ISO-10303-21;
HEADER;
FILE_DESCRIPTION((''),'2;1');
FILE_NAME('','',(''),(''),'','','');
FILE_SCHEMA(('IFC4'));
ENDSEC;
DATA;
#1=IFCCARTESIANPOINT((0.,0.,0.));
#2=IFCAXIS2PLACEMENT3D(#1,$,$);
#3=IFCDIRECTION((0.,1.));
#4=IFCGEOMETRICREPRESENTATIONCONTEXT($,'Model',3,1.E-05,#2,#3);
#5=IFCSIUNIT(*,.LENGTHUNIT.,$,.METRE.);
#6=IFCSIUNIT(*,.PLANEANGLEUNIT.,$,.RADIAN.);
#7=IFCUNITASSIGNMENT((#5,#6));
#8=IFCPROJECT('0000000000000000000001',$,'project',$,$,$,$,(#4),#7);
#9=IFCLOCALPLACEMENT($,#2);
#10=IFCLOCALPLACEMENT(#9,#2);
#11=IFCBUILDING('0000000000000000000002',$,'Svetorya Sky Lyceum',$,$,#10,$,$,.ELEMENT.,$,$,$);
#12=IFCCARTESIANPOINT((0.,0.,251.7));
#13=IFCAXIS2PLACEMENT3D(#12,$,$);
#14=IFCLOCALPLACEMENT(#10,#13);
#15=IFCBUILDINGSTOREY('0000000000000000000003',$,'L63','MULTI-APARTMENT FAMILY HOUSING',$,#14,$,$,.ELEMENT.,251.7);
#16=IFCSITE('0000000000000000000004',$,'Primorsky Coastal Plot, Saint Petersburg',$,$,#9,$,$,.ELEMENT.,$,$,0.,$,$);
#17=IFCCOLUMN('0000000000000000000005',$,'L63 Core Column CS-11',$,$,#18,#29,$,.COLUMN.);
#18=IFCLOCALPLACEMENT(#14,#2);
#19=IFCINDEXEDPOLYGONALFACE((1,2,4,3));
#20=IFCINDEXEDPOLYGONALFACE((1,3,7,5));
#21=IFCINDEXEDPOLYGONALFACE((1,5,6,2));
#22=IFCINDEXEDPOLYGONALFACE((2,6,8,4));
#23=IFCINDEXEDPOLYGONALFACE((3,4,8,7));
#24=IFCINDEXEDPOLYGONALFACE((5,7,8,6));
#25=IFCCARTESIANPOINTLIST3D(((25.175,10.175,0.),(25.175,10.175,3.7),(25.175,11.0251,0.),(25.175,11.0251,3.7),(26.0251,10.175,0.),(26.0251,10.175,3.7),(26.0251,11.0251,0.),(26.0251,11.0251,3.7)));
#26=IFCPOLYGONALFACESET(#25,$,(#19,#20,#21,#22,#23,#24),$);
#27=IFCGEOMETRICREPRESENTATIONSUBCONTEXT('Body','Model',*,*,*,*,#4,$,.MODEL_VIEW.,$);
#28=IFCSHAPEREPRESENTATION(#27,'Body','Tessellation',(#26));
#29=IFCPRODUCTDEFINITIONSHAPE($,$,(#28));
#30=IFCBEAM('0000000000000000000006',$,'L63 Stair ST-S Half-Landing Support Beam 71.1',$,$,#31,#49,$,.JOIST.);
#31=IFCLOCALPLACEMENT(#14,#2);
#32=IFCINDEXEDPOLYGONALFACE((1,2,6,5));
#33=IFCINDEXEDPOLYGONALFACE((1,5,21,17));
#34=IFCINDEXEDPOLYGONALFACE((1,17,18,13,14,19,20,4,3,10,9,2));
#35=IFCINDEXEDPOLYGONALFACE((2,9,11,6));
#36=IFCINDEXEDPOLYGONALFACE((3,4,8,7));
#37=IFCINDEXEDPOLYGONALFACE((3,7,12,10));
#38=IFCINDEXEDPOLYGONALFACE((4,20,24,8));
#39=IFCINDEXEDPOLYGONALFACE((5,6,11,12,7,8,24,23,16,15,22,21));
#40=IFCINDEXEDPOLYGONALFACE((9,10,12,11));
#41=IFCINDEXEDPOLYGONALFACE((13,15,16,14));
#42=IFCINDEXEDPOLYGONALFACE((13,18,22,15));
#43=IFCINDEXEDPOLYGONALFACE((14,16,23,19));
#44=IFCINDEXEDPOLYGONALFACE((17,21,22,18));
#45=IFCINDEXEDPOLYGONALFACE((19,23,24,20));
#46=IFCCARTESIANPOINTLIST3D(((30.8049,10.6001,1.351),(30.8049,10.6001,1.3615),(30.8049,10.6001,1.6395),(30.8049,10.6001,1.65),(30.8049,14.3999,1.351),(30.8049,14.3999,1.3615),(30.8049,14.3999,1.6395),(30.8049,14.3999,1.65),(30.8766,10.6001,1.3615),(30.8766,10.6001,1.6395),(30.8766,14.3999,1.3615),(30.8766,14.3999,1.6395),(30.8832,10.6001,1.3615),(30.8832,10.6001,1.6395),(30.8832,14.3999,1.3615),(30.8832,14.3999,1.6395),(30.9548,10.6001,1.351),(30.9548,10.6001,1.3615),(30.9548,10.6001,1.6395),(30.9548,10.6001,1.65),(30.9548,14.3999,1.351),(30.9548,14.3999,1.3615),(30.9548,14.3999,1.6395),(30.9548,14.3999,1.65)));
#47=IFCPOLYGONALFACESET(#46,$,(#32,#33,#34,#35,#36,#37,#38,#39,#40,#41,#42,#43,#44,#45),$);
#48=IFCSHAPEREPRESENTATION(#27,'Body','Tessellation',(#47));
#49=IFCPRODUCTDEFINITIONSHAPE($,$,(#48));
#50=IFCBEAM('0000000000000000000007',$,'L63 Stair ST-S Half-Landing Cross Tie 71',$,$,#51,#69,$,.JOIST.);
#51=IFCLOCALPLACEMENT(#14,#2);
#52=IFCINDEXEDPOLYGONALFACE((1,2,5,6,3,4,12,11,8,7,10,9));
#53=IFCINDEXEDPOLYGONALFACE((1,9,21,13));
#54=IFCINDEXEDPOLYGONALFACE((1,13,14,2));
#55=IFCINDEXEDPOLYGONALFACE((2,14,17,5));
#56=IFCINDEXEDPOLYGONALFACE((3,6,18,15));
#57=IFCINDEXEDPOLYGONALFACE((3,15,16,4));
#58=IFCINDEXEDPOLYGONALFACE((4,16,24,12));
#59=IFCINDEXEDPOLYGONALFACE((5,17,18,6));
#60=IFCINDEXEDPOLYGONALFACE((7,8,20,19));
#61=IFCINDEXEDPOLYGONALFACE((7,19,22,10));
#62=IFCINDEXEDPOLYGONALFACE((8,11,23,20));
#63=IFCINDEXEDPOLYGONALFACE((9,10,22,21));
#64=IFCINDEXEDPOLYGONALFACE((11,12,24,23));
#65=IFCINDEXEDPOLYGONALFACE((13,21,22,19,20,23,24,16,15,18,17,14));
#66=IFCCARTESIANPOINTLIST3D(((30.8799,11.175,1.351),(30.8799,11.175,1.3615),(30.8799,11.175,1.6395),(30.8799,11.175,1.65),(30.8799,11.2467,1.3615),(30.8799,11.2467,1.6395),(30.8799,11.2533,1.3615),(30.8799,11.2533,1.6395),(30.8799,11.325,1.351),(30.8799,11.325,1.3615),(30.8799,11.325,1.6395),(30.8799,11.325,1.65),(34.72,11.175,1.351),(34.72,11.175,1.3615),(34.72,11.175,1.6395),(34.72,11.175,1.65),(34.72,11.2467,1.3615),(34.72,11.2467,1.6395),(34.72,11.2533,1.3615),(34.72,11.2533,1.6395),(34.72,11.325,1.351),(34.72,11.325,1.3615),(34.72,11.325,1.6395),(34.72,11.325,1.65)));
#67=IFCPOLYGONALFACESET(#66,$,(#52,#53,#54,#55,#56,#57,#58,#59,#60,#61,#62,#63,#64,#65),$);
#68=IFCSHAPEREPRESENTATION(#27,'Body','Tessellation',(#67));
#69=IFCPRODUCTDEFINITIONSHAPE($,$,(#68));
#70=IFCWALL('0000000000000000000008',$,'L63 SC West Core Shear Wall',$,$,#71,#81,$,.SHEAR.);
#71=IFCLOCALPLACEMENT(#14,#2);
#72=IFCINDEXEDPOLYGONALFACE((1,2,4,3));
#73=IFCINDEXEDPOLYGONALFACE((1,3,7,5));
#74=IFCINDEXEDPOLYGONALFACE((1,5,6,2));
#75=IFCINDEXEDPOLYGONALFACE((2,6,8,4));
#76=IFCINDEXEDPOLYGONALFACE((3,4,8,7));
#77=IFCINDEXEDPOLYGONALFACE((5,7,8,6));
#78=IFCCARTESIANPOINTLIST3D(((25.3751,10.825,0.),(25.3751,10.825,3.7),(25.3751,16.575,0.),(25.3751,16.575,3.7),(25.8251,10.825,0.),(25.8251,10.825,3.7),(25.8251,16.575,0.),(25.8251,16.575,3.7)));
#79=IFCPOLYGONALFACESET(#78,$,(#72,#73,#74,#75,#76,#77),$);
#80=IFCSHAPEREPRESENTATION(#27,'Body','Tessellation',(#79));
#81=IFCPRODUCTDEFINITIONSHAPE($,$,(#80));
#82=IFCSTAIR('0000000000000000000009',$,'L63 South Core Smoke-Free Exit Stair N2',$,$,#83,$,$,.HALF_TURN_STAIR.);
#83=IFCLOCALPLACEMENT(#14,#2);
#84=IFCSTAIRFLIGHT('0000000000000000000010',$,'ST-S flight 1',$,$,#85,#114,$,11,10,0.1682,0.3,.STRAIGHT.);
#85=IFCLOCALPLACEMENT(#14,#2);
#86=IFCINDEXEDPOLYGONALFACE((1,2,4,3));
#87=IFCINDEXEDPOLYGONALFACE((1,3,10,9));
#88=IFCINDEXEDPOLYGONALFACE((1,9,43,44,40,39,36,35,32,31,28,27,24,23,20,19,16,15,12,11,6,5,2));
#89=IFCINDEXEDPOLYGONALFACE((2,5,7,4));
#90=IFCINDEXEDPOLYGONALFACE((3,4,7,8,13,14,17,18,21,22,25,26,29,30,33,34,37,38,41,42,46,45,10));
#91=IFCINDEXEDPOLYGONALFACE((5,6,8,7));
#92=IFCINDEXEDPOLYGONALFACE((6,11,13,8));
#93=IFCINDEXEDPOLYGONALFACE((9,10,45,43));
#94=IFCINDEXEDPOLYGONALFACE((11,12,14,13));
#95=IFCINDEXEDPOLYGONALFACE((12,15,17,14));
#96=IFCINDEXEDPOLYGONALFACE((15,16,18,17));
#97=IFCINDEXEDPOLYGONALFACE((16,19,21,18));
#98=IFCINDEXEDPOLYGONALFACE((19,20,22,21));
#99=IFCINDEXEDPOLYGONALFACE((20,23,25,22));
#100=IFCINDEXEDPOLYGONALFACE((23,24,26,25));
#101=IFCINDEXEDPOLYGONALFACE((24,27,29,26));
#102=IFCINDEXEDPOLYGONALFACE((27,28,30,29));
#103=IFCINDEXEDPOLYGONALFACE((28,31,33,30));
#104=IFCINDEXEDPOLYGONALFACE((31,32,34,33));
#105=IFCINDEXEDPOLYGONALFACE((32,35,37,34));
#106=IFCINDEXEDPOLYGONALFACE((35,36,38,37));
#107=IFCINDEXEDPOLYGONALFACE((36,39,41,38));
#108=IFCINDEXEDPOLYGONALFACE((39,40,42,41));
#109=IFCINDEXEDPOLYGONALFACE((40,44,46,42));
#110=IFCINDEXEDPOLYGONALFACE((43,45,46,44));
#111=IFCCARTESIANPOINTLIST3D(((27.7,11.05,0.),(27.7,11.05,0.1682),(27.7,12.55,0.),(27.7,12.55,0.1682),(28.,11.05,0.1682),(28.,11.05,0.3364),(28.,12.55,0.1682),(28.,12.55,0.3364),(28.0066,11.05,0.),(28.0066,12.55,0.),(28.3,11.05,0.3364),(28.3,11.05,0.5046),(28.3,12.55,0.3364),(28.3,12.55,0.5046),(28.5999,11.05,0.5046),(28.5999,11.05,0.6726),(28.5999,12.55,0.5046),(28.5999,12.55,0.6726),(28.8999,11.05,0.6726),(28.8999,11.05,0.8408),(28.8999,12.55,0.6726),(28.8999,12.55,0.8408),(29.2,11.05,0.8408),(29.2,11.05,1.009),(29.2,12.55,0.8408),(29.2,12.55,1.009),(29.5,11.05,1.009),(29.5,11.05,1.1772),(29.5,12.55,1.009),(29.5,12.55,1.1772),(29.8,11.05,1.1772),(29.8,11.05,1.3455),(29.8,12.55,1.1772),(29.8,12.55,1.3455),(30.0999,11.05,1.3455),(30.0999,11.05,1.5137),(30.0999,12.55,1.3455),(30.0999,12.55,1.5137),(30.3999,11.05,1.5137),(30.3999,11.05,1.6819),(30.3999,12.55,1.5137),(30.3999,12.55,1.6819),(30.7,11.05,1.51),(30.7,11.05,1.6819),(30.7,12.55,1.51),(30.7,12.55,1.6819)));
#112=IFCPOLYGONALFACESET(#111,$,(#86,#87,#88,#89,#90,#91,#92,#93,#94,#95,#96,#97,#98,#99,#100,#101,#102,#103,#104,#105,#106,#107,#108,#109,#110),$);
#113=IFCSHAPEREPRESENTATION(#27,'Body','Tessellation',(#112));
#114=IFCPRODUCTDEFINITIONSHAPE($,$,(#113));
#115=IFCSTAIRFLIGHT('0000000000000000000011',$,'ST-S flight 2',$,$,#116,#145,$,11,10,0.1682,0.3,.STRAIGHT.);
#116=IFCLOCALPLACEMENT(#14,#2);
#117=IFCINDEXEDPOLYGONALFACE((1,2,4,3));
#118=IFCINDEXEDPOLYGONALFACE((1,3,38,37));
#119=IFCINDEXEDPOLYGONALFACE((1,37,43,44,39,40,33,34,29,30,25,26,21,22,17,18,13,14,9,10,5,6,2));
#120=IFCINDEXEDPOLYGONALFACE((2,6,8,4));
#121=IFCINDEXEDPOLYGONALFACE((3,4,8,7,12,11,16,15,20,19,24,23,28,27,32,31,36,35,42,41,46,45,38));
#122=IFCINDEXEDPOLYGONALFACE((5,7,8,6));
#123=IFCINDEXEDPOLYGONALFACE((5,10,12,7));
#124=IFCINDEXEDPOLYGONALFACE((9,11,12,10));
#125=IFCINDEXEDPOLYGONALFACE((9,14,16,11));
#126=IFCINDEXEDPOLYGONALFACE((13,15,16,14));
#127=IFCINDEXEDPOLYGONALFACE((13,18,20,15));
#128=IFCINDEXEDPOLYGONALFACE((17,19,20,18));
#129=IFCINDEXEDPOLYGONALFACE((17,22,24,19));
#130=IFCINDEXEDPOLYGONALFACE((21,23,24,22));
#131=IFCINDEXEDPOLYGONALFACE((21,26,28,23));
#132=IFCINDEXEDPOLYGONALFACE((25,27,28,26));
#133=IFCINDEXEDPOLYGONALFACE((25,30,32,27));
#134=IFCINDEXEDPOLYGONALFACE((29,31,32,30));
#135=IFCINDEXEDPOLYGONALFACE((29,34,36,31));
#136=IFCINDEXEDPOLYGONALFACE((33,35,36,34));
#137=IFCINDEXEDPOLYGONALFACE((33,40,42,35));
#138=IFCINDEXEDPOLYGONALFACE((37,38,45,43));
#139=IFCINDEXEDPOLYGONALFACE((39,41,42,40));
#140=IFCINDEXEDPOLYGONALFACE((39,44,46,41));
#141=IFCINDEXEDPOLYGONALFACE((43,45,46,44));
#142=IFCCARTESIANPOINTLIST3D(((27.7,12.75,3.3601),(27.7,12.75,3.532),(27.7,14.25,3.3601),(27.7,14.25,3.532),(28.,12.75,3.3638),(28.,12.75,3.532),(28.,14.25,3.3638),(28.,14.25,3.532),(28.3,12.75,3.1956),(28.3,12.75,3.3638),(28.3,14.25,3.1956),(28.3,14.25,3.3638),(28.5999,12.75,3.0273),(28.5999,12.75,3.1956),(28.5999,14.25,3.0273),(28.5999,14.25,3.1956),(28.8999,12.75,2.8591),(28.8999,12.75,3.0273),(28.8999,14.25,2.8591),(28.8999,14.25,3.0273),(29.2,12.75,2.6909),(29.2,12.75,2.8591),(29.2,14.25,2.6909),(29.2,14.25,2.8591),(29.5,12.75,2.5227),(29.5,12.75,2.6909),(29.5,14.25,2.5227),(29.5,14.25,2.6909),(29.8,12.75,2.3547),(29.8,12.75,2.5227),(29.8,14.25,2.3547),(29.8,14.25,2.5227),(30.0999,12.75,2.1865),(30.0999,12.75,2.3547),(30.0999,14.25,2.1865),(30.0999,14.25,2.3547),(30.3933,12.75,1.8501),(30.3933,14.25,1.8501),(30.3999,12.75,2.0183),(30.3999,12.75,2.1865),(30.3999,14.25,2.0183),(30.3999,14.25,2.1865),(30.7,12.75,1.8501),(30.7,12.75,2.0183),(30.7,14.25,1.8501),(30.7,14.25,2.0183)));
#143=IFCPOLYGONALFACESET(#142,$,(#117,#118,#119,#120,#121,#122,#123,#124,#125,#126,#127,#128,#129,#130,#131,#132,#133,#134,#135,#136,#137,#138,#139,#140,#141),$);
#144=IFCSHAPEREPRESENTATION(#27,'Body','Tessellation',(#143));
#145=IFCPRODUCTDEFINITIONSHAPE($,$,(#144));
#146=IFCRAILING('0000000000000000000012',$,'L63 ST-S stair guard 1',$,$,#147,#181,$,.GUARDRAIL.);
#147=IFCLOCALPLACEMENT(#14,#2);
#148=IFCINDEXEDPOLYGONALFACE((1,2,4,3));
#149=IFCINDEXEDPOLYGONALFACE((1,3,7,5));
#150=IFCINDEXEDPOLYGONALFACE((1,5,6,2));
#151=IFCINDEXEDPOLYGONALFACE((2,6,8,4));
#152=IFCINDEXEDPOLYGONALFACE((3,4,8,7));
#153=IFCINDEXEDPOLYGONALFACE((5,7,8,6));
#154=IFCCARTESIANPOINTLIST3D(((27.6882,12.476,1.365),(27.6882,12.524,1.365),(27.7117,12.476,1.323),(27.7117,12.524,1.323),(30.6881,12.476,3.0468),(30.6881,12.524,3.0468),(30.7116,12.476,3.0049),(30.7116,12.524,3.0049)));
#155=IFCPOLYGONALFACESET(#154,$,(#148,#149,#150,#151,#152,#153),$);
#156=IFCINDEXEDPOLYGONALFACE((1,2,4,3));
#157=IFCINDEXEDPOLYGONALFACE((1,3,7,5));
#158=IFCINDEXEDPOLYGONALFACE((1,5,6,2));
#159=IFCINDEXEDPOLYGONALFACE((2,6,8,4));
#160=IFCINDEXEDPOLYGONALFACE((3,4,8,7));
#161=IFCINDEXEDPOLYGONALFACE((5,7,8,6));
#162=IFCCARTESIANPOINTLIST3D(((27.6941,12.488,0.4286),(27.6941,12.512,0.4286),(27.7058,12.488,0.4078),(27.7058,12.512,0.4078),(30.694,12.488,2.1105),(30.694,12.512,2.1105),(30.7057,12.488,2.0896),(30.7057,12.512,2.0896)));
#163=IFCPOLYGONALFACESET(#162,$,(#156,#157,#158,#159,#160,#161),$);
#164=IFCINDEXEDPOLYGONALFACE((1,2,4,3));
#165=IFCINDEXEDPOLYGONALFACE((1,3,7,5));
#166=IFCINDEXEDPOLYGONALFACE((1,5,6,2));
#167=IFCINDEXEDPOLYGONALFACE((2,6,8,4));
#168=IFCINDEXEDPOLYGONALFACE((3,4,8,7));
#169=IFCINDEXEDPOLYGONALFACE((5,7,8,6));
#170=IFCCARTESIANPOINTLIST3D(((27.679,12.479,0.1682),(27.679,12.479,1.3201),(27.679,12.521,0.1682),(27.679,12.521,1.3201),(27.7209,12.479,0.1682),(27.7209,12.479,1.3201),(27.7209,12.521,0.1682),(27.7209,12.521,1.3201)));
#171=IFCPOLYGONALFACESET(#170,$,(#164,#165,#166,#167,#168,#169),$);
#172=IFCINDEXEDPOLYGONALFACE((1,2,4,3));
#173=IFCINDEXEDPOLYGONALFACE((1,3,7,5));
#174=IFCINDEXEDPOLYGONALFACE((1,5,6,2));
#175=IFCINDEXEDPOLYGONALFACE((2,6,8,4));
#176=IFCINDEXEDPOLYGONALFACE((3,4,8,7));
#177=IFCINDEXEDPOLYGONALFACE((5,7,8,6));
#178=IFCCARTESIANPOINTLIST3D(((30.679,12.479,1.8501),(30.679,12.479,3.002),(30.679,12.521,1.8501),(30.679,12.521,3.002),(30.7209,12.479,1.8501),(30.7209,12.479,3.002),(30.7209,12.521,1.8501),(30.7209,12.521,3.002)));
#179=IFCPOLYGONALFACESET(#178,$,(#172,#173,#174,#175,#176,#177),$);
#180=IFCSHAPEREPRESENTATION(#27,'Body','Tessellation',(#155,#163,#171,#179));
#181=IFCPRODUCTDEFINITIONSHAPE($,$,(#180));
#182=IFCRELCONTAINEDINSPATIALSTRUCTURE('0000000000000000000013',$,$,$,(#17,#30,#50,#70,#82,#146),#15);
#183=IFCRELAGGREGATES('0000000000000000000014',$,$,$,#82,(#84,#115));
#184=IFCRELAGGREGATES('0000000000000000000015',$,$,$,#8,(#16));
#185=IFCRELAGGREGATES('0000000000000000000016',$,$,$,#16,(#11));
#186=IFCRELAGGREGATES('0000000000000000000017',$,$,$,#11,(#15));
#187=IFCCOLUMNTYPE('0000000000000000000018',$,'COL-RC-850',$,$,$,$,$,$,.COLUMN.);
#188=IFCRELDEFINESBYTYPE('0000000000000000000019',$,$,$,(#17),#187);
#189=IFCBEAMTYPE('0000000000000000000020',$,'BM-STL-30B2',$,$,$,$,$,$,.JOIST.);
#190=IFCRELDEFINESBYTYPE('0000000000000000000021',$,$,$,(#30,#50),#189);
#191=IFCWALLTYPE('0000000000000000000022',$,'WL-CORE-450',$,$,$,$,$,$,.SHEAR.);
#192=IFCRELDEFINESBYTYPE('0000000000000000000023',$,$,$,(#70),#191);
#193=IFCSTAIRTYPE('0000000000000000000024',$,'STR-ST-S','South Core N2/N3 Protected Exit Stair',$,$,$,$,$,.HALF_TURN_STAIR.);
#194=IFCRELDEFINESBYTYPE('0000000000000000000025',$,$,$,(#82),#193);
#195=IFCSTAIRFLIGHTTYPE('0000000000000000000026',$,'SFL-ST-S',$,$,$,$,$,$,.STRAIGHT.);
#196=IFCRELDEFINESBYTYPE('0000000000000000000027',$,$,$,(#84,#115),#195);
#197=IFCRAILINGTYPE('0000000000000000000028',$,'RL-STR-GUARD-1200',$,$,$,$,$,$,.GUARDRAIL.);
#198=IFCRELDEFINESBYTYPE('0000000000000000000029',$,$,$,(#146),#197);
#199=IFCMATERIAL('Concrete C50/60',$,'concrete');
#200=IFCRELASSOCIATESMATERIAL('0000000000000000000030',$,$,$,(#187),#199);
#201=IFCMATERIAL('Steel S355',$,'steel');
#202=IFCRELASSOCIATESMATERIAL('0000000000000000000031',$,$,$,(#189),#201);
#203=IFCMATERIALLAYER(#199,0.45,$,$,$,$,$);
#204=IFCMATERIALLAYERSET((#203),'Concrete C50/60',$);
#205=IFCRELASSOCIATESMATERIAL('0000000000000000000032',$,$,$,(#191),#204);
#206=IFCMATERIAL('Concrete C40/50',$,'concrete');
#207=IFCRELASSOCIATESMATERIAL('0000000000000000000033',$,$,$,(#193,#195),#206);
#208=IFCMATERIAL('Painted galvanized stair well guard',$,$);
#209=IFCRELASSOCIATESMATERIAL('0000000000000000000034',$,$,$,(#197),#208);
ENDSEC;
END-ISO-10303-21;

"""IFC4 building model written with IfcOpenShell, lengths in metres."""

from ifc_helpers import new_model, si_unit, direction, frame, frame_2d, origin, origin_2d, place, context, subcontext, project, spatial, polyline, rectangle, i_section, outline, extrude, material, layer, layer_set, material_profile, profile_set, type_object, element, aggregate, save


model = new_model("IFC4")

# Units and contexts
model_context = context("Model", 3, precision=1e-05, world=origin(), true_north=direction((0.0, 1.0)))
body_context = subcontext(model_context, "Body", "Model", "MODEL_VIEW")
ifc_project = project(units=[si_unit("LENGTHUNIT", "METRE"), si_unit("PLANEANGLEUNIT", "RADIAN")], contexts=[model_context])

# Site, building, storey
site_placement = place(None, origin())
site = spatial("IfcSite", under=ifc_project, at=site_placement, Name="Primorsky Coastal Plot, Saint Petersburg", CompositionType="ELEMENT", RefElevation=0.0)
building_placement = place(site_placement, origin())
building = spatial("IfcBuilding", under=site, at=building_placement, Name="Svetorya Sky Lyceum", CompositionType="ELEMENT")
storey_placement = place(building_placement, frame((0.0, 0.0, 251.7)))
storey = spatial("IfcBuildingStorey", under=building, at=storey_placement, Name="L63", Description="MULTI-APARTMENT FAMILY HOUSING", CompositionType="ELEMENT", Elevation=251.7)

# Column
ifc_material_1 = material(Name="Concrete C50/60", Category="concrete")
ifc_material_profile_1 = material_profile(ifc_material_1, rectangle(XDim=0.8501, YDim=0.8501, at=origin_2d()), Name="RC COL 850x850")
ifc_profile_set_1 = profile_set([ifc_material_profile_1], Name="Concrete C50/60")
column_type = type_object("IfcColumnType", Name="COL-RC-850", PredefinedType="COLUMN", material=ifc_profile_set_1)
column_placement = place(storey_placement, frame((25.6001, 10.6001, 0.0), z_axis=(0.0, 0.0, 1.0), x_axis=(1.0, 0.0, 0.0)))
element("IfcColumn", 1, at=column_placement, inside=storey, type_object=column_type, Name="L63 Core Column CS-11", PredefinedType="COLUMN", context=body_context, shape_type="SweptSolid", body=[
    extrude(rectangle(XDim=0.8501, YDim=0.8501, at=origin_2d()), origin(), (0.0, 0.0, 1.0), 3.7),
])

# Beams
ifc_material_2 = material(Name="Steel S355", Category="steel")
ifc_material_profile_2 = material_profile(ifc_material_2, i_section(OverallWidth=0.1499, OverallDepth=0.2991, WebThickness=0.0066, FlangeThickness=0.0105, at=origin_2d()), Name="GOST 30B2")
ifc_profile_set_2 = profile_set([ifc_material_profile_2], Name="Steel S355")
beam_type = type_object("IfcBeamType", Name="BM-STL-30B2", PredefinedType="JOIST", material=ifc_profile_set_2)
beam_1_placement = place(storey_placement, frame((30.8799, 10.6001, 1.5005), z_axis=(0.0, 1.0, 0.0), x_axis=(-1.0, 0.0, 0.0)))
element("IfcBeam", 2, at=beam_1_placement, inside=storey, type_object=beam_type, Name="L63 Stair ST-S Half-Landing Support Beam 71.1", PredefinedType="JOIST", context=body_context, shape_type="SweptSolid", body=[
    extrude(i_section(OverallWidth=0.1499, OverallDepth=0.2991, WebThickness=0.0066, FlangeThickness=0.0105, at=origin_2d()), origin(), (0.0, 0.0, 1.0), 3.7998),
])
beam_2_placement = place(storey_placement, frame((30.8799, 11.25, 1.5005), z_axis=(1.0, 0.0, 0.0), x_axis=(0.0, 1.0, 0.0)))
element("IfcBeam", 3, at=beam_2_placement, inside=storey, type_object=beam_type, Name="L63 Stair ST-S Half-Landing Cross Tie 71", PredefinedType="JOIST", context=body_context, shape_type="SweptSolid", body=[
    extrude(i_section(OverallWidth=0.1499, OverallDepth=0.2991, WebThickness=0.0066, FlangeThickness=0.0105, at=origin_2d()), origin(), (0.0, 0.0, 1.0), 3.8401),
])

# Wall
ifc_layer = layer(ifc_material_1, 0.45)
ifc_layer_set = layer_set([ifc_layer], Name="Concrete C50/60")
wall_type = type_object("IfcWallType", Name="WL-CORE-450", PredefinedType="SHEAR", material=ifc_layer_set)
wall_placement = place(storey_placement, frame((25.6001, 10.825, 0.0), z_axis=(0.0, 0.0, 1.0), x_axis=(0.0, 1.0, 0.0)))
element("IfcWall", 4, at=wall_placement, inside=storey, type_object=wall_type, Name="L63 SC West Core Shear Wall", PredefinedType="SHEAR", context=body_context, shape_type="SweptSolid", body=[
    extrude(rectangle(XDim=5.75, YDim=0.45, at=frame_2d((2.875, 0.0))), origin(), (0.0, 0.0, 1.0), 3.7),
])

# Stair, stair flights
ifc_material_3 = material(Name="Concrete C40/50", Category="concrete")
stair_type = type_object("IfcStairType", Name="STR-ST-S", Description="South Core N2/N3 Protected Exit Stair", PredefinedType="HALF_TURN_STAIR", material=ifc_material_3)
stair_placement = place(storey_placement, origin())
stair = element("IfcStair", 5, at=stair_placement, inside=storey, type_object=stair_type, Name="L63 South Core Smoke-Free Exit Stair N2", PredefinedType="HALF_TURN_STAIR")
stair_flight_type = type_object("IfcStairFlightType", Name="SFL-ST-S", PredefinedType="STRAIGHT", material=ifc_material_3)
stair_flight_1_placement = place(storey_placement, frame((27.7, 11.8, 0.0), z_axis=(0.0, 0.0, 1.0), x_axis=(1.0, 0.0, 0.0)))
stair_flight_1 = element("IfcStairFlight", 6, at=stair_flight_1_placement, type_object=stair_flight_type, Name="ST-S flight 1", NumberOfRisers=11, NumberOfTreads=10, PredefinedType="STRAIGHT", RiserHeight=0.1682, TreadLength=0.3, context=body_context, shape_type="SweptSolid", body=[
    extrude(outline(polyline([(0.0, 0.0), (0.0, 0.1682), (0.3, 0.1682), (0.3, 0.3364), (0.6001, 0.3364), (0.6001, 0.5046), (0.8999, 0.5046), (0.8999, 0.6726), (1.2, 0.6726), (1.2, 0.8408), (1.5, 0.8408), (1.5, 1.009), (1.8, 1.009), (1.8, 1.1772), (2.1001, 1.1772), (2.1001, 1.3455), (2.3999, 1.3455), (2.3999, 1.5137), (2.7, 1.5137), (2.7, 1.6819), (3.0, 1.6819), (3.0, 1.8501), (3.0, 1.51), (0.3066, 0.0), (0.0, 0.0)])), frame((0.0, 0.75, 0.0), z_axis=(0.0, -1.0, 0.0), x_axis=(1.0, 0.0, 0.0)), (0.0, 0.0, 1.0), 1.5),
])
stair_flight_2_placement = place(storey_placement, frame((30.7, 13.5, 1.8501), z_axis=(0.0, 0.0, 1.0), x_axis=(-1.0, 0.0, 0.0)))
stair_flight_2 = element("IfcStairFlight", 7, at=stair_flight_2_placement, type_object=stair_flight_type, Name="ST-S flight 2", NumberOfRisers=11, NumberOfTreads=10, PredefinedType="STRAIGHT", RiserHeight=0.1682, TreadLength=0.3, context=body_context, shape_type="SweptSolid", body=[
    extrude(outline(polyline([(0.0, 0.0), (0.0, 0.1682), (0.3, 0.1682), (0.3, 0.3364), (0.6001, 0.3364), (0.6001, 0.5046), (0.8999, 0.5046), (0.8999, 0.6726), (1.2, 0.6726), (1.2, 0.8408), (1.5, 0.8408), (1.5, 1.009), (1.8, 1.009), (1.8, 1.1772), (2.1001, 1.1772), (2.1001, 1.3455), (2.3999, 1.3455), (2.3999, 1.5137), (2.7, 1.5137), (2.7, 1.6819), (3.0, 1.6819), (3.0, 1.8501), (3.0, 1.51), (0.3066, 0.0), (0.0, 0.0)])), frame((0.0, 0.75, 0.0), z_axis=(0.0, -1.0, 0.0), x_axis=(1.0, 0.0, 0.0)), (0.0, 0.0, 1.0), 1.5),
])
aggregate(stair, [stair_flight_1, stair_flight_2])

# Railing
ifc_material_4 = material(Name="Painted galvanized stair well guard")
railing_type_1 = type_object("IfcRailingType", Name="RL-STR-GUARD-1200", PredefinedType="GUARDRAIL", material=ifc_material_4)
railing_1_placement = place(storey_placement, frame((27.7, 12.5, 0.1682)))
element("IfcRailing", 8, at=railing_1_placement, inside=storey, type_object=railing_type_1, Name="L63 ST-S stair guard 1", PredefinedType="GUARDRAIL", context=body_context, shape_type="SweptSolid", body=[
    extrude(rectangle(XDim=0.0481, YDim=0.0481, at=origin_2d()), frame((0.0, 0.0, 1.1758), z_axis=(0.872272, 0.0, 0.48902), x_axis=(0.0, 1.0, 0.0)), (0.0, 0.0, 1.0), 3.4392),
    extrude(rectangle(XDim=0.0239, YDim=0.0239, at=origin_2d()), frame((0.0, 0.0, 0.25), z_axis=(0.872272, 0.0, 0.48902), x_axis=(0.0, 1.0, 0.0)), (0.0, 0.0, 1.0), 3.4392),
    extrude(rectangle(XDim=0.042, YDim=0.042, at=origin_2d()), origin(), (0.0, 0.0, 1.0), 1.1519),
    extrude(rectangle(XDim=0.042, YDim=0.042, at=origin_2d()), frame((3.0, 0.0, 1.6819)), (0.0, 0.0, 1.0), 1.1519),
])

save(model, "model.ifc")
